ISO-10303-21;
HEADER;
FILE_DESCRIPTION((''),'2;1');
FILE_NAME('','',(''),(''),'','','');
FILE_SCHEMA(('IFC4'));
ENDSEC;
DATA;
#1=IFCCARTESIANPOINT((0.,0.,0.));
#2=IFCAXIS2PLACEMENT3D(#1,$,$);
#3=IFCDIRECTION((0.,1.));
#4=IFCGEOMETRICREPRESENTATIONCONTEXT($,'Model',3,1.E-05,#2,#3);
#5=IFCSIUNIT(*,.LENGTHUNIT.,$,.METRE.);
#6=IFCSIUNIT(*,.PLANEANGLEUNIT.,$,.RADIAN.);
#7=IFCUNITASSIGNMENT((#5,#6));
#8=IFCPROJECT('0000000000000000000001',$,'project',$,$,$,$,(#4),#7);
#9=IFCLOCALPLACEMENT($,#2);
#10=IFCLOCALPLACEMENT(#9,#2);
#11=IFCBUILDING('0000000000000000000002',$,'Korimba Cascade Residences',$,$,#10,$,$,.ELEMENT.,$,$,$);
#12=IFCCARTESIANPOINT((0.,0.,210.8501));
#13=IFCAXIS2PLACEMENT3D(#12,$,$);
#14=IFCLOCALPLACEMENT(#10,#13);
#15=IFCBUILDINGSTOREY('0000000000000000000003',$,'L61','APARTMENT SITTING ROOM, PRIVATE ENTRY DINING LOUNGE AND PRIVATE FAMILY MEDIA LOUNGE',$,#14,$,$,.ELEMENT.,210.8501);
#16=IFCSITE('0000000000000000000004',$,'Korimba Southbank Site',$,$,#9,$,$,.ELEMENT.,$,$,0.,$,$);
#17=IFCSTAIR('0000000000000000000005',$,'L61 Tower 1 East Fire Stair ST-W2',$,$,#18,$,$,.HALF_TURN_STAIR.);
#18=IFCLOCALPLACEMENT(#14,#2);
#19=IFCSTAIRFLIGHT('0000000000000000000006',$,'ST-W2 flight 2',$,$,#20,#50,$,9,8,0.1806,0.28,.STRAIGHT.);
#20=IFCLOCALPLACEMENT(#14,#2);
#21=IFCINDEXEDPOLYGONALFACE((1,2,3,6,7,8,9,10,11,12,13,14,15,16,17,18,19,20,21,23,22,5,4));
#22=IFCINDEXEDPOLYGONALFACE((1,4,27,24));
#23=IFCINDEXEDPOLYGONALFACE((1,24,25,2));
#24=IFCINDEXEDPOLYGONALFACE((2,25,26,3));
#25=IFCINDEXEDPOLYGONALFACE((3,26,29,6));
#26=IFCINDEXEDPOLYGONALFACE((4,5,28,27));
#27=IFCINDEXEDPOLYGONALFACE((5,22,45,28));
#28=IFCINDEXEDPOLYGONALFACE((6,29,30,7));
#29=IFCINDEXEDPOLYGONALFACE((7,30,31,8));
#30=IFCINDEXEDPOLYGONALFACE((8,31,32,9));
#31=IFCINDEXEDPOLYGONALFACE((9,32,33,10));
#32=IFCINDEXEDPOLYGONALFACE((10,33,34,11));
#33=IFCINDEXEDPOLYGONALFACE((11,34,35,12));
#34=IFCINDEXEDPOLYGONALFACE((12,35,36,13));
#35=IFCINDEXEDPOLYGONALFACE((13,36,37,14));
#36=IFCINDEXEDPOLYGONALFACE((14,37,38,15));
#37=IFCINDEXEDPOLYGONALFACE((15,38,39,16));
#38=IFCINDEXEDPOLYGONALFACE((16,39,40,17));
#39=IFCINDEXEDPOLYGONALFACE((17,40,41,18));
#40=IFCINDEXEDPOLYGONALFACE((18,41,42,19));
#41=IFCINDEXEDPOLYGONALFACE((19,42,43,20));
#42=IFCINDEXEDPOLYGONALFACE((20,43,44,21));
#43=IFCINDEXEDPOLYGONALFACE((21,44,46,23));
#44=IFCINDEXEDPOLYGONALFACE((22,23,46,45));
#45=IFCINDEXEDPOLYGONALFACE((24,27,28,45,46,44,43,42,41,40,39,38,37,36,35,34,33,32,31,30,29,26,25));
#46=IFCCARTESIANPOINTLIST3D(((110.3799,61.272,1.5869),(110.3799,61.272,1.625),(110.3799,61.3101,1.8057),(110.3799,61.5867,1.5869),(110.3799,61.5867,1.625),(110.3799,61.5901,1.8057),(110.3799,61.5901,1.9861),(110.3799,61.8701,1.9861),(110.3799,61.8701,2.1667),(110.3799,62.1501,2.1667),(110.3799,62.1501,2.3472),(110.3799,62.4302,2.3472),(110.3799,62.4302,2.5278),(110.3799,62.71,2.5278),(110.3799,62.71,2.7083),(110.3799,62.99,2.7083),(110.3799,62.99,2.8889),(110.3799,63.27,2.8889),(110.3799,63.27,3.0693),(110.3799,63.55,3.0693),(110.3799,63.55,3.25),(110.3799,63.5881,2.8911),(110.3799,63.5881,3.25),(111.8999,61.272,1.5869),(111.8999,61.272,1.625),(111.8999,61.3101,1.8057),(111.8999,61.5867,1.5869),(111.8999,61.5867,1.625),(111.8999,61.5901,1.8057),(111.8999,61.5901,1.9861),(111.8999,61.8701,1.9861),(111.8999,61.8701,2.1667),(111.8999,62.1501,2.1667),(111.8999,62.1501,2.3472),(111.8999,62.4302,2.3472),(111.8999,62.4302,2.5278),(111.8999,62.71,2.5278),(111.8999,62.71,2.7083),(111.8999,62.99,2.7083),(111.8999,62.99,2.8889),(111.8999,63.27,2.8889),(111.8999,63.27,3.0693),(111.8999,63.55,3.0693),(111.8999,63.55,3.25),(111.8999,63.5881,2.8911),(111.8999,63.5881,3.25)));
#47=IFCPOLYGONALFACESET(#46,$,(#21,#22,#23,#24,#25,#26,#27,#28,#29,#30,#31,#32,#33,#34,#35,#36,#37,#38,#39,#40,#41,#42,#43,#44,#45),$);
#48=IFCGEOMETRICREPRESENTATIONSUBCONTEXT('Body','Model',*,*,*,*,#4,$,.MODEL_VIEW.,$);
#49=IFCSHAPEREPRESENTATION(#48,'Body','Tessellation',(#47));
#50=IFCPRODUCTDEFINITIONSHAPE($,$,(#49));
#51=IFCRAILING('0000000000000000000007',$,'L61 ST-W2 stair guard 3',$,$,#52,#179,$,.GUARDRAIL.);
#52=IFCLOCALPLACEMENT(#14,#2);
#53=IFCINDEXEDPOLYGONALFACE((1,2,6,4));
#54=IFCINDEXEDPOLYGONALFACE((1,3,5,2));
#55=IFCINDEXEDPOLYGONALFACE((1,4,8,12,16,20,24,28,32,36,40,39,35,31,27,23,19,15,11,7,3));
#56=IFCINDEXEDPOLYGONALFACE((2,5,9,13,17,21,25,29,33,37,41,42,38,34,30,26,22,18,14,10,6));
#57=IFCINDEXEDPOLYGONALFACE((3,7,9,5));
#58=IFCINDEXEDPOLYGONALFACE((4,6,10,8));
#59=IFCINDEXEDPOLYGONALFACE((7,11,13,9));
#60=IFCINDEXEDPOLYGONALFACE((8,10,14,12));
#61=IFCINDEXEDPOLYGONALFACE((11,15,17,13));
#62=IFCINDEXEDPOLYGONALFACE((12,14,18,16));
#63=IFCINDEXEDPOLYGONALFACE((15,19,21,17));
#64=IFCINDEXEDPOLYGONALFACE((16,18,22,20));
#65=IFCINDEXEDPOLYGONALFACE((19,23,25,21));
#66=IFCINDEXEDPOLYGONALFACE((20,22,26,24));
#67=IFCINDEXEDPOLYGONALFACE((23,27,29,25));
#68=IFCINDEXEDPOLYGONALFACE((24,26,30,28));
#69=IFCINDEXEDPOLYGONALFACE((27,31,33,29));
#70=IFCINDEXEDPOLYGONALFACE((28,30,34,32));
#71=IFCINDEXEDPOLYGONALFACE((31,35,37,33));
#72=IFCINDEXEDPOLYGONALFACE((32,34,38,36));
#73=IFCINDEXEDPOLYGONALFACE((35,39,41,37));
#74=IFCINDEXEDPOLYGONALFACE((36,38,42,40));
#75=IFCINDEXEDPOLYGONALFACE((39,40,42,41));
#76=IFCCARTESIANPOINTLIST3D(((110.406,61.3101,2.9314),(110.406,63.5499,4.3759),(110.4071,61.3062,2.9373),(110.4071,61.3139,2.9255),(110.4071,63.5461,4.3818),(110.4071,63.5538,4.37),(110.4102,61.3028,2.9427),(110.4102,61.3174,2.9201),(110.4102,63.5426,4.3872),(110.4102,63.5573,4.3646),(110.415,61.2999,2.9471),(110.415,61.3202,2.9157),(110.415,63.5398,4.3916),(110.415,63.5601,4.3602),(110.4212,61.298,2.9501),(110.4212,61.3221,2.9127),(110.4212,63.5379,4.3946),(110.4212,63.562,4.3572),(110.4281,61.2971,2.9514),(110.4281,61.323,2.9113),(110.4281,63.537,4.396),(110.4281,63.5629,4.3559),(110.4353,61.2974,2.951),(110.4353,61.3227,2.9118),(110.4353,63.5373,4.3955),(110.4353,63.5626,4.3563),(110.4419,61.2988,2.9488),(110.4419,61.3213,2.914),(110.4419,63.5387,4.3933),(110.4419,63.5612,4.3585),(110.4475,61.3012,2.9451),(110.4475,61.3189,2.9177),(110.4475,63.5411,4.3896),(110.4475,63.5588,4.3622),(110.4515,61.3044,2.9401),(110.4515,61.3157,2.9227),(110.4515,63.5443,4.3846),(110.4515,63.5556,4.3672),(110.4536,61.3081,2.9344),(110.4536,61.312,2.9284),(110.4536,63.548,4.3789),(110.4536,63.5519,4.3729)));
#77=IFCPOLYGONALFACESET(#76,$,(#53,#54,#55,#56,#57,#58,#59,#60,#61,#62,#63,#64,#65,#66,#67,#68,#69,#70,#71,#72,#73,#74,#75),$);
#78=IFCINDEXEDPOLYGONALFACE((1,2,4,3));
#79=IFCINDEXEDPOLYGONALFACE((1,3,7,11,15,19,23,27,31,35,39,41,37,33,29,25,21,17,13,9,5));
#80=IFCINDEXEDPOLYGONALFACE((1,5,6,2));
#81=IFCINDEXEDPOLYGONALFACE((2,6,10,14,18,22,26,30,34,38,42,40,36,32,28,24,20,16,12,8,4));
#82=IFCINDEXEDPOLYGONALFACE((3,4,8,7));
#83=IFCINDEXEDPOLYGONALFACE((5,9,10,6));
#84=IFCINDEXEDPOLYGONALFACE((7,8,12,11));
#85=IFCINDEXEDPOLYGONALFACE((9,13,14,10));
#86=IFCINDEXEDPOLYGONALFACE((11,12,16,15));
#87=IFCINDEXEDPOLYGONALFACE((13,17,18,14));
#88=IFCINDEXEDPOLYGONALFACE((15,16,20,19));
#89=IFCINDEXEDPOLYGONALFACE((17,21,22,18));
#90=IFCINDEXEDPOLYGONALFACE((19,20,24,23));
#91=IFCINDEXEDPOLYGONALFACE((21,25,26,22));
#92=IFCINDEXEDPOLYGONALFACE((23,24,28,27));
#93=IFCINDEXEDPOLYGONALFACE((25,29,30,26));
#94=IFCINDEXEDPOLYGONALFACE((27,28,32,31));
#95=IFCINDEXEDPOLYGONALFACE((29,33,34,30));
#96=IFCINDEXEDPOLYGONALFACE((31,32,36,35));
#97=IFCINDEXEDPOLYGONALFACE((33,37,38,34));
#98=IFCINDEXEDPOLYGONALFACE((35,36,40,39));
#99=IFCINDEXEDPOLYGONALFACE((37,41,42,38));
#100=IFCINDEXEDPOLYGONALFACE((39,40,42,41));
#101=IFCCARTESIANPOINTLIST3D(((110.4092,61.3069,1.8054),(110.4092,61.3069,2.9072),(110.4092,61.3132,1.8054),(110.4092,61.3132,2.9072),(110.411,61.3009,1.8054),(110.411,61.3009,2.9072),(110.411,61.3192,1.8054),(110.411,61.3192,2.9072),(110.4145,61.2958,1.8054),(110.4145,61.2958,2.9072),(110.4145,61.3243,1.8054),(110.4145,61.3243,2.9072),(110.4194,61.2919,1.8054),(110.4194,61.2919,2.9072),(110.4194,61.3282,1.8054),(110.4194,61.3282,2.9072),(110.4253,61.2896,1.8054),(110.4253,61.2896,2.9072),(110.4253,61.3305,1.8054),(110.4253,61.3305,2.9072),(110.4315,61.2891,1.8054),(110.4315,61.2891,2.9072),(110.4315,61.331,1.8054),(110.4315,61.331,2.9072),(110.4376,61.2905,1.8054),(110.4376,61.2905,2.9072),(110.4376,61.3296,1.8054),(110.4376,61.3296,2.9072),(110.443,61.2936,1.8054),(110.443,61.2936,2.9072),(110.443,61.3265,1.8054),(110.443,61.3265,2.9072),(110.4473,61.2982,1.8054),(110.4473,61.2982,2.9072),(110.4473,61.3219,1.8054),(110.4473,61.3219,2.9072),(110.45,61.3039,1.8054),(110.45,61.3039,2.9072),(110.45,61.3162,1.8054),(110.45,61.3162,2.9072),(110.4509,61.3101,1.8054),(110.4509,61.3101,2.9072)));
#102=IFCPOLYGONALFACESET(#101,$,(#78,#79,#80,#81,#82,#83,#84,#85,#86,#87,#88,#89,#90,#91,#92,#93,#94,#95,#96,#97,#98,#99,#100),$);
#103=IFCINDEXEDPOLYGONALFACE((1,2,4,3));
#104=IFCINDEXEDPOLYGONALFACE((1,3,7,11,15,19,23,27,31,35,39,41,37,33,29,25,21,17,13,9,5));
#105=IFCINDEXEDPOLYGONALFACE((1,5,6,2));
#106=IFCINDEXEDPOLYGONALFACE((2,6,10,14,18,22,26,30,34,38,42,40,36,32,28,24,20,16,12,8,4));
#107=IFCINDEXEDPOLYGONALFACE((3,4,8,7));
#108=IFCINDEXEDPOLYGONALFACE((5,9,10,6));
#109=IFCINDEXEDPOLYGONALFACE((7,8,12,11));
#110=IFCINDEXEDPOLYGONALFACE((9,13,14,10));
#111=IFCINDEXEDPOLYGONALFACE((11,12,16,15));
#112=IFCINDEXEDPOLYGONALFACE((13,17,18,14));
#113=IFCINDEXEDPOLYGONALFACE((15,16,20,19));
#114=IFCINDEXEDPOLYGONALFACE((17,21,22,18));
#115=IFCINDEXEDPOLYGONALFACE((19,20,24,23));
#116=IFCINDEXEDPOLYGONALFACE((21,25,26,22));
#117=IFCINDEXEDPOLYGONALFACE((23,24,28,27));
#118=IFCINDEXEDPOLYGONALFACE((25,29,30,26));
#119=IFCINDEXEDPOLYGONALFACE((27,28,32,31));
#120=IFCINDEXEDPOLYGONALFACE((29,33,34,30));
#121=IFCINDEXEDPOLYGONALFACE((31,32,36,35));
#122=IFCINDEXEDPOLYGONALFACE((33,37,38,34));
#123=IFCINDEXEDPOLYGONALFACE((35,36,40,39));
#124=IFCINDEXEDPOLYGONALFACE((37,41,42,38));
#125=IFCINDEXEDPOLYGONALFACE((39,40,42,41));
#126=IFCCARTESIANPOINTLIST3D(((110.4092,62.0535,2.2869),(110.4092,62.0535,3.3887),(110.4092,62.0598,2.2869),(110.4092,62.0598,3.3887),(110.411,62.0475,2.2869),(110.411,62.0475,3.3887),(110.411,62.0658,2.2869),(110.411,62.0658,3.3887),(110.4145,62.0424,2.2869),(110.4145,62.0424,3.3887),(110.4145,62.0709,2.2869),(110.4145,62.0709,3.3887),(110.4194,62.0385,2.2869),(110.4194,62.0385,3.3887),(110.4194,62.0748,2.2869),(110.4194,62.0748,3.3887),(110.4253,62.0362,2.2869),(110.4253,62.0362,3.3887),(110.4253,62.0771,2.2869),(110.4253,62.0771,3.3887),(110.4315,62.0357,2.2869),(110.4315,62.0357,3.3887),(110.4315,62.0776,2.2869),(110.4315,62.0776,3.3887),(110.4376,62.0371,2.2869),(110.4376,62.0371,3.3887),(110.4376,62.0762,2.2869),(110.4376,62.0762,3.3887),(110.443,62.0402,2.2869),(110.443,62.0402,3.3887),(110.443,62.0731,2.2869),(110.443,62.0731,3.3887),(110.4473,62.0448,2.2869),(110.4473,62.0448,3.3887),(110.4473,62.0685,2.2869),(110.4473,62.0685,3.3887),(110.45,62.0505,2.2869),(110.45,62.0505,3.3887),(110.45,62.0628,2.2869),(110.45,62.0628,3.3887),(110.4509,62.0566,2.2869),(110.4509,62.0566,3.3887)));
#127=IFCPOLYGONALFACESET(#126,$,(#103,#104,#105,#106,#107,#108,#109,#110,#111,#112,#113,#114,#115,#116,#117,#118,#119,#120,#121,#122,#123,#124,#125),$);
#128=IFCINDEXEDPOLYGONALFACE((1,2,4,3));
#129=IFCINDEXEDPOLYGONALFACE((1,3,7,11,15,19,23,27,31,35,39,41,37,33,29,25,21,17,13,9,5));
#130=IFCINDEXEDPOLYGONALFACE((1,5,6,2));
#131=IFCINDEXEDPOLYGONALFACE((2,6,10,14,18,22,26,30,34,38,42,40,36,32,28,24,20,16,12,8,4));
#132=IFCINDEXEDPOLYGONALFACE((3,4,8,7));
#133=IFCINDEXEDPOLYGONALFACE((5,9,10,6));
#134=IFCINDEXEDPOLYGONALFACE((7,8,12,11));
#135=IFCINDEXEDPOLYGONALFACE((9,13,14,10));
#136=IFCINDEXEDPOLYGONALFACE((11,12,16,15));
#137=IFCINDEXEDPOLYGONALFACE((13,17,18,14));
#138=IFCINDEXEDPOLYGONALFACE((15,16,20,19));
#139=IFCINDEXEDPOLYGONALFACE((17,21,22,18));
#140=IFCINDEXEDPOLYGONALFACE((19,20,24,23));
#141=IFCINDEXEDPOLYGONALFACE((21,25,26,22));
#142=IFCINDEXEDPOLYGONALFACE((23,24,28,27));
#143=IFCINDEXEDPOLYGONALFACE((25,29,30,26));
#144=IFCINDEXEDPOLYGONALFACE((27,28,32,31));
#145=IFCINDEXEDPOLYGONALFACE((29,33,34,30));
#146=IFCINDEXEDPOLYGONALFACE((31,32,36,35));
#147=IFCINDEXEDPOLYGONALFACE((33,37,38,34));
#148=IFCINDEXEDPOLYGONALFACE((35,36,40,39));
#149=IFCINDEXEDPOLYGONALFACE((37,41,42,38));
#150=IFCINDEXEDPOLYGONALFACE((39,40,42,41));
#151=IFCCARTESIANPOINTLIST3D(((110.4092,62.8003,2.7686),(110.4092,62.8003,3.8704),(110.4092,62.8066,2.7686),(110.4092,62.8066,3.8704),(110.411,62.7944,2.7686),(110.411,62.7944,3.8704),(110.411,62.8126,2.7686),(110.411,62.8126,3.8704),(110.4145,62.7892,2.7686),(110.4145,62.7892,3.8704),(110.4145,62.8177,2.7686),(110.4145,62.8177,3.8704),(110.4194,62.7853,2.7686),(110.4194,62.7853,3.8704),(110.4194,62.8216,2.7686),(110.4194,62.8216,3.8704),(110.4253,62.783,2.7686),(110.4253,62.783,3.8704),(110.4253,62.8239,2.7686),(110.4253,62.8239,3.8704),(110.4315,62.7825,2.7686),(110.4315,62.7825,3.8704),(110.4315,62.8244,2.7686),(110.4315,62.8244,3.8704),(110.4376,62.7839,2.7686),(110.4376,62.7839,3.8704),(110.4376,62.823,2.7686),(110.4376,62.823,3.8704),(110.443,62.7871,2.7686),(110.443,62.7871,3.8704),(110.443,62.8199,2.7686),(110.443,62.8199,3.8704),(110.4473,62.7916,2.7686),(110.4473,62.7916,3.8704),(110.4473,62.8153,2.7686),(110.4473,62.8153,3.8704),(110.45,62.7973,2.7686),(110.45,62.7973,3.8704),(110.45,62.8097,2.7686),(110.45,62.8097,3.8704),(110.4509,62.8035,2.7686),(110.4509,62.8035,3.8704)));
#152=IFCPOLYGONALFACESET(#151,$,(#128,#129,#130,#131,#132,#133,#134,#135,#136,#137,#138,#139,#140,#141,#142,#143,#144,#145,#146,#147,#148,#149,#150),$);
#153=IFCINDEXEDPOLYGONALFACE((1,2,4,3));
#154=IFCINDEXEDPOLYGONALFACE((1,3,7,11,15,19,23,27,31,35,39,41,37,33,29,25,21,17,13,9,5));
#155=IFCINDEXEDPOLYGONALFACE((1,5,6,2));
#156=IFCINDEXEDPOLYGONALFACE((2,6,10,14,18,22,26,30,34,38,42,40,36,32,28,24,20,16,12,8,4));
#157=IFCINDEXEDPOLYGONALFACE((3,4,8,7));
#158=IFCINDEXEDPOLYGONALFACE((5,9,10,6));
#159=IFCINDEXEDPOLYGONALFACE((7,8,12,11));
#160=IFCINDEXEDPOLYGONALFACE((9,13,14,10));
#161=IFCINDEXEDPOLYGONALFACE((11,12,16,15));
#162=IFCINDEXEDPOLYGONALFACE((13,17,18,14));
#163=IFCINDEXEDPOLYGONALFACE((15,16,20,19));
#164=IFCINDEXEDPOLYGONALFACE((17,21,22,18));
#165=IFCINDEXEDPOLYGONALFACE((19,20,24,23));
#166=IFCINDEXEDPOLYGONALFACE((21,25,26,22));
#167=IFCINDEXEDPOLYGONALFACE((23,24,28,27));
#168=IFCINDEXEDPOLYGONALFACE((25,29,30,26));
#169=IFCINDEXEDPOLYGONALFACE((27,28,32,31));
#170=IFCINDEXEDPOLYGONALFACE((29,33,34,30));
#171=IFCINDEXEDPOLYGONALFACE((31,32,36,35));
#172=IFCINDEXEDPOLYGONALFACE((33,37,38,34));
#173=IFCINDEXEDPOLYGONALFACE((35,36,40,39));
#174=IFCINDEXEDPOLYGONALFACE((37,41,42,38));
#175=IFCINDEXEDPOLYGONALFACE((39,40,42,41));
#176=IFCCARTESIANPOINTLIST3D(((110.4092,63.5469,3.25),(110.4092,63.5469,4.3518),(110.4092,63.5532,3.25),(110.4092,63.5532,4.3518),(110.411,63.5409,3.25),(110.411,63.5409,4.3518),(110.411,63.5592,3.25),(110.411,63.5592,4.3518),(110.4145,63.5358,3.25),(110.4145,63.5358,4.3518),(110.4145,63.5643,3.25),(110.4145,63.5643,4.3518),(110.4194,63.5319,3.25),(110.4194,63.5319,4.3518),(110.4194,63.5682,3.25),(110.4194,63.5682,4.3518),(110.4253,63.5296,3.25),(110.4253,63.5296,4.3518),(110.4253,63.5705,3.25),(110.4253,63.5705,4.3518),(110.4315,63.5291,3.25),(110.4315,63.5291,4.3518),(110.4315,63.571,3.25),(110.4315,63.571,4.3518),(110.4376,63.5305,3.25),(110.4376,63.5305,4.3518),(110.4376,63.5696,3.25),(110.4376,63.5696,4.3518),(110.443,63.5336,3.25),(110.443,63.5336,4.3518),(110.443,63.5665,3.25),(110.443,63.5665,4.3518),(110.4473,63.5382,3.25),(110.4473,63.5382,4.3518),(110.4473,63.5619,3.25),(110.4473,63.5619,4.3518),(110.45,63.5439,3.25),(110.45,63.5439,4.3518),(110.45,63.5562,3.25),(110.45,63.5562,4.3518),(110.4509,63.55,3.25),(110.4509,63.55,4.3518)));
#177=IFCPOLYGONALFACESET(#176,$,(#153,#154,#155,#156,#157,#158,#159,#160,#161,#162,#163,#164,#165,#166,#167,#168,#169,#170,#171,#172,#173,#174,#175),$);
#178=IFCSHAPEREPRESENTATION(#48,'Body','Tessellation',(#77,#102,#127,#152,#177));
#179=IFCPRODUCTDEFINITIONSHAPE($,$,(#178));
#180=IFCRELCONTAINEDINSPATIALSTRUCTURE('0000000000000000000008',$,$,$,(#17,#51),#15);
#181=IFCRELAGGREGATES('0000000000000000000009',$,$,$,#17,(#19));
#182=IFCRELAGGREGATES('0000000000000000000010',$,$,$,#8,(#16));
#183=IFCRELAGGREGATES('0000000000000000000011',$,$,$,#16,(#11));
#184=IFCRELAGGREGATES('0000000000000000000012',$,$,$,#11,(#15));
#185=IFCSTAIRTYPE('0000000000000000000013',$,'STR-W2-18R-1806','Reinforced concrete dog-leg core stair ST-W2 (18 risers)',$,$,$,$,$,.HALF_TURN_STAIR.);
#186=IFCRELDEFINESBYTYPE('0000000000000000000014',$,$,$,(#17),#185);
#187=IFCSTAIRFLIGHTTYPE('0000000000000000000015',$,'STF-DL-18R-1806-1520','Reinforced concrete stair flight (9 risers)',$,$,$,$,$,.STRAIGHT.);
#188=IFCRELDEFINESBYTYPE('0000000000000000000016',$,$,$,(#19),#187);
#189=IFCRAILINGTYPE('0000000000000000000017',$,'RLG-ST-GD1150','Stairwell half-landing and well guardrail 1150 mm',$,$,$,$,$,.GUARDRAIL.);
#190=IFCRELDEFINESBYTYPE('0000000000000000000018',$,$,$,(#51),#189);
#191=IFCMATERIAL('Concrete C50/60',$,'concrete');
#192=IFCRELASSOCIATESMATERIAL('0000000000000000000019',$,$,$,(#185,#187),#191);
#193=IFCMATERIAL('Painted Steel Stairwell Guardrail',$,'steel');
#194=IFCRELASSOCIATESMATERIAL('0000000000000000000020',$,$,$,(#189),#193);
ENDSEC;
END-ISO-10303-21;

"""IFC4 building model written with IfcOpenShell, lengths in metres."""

from ifc_helpers import new_model, si_unit, direction, frame, origin, origin_2d, place, context, subcontext, project, spatial, polyline, circle, outline, extrude, material, type_object, element, aggregate, save


model = new_model("IFC4")

# Units and contexts
model_context = context("Model", 3, precision=1e-05, world=origin(), true_north=direction((0.0, 1.0)))
body_context = subcontext(model_context, "Body", "Model", "MODEL_VIEW")
ifc_project = project(units=[si_unit("LENGTHUNIT", "METRE"), si_unit("PLANEANGLEUNIT", "RADIAN")], contexts=[model_context])

# Site, building, storey
site_placement = place(None, origin())
site = spatial("IfcSite", under=ifc_project, at=site_placement, Name="Korimba Southbank Site", CompositionType="ELEMENT", RefElevation=0.0)
building_placement = place(site_placement, origin())
building = spatial("IfcBuilding", under=site, at=building_placement, Name="Korimba Cascade Residences", CompositionType="ELEMENT")
storey_placement = place(building_placement, frame((0.0, 0.0, 210.8501)))
storey = spatial("IfcBuildingStorey", under=building, at=storey_placement, Name="L61", Description="APARTMENT SITTING ROOM, PRIVATE ENTRY DINING LOUNGE AND PRIVATE FAMILY MEDIA LOUNGE", CompositionType="ELEMENT", Elevation=210.8501)

# Stair, stair flight
ifc_material_1 = material(Name="Concrete C50/60", Category="concrete")
stair_type = type_object("IfcStairType", Name="STR-W2-18R-1806", Description="Reinforced concrete dog-leg core stair ST-W2 (18 risers)", PredefinedType="HALF_TURN_STAIR", material=ifc_material_1)
stair_placement = place(storey_placement, origin())
stair = element("IfcStair", 1, at=stair_placement, inside=storey, type_object=stair_type, Name="L61 Tower 1 East Fire Stair ST-W2", PredefinedType="HALF_TURN_STAIR")
stair_flight_type = type_object("IfcStairFlightType", Name="STF-DL-18R-1806-1520", Description="Reinforced concrete stair flight (9 risers)", PredefinedType="STRAIGHT", material=ifc_material_1)
stair_flight_placement = place(storey_placement, frame((111.1399, 61.3101, 1.625), z_axis=(0.0, 0.0, 1.0), x_axis=(0.0, 1.0, 0.0)))
stair_flight = element("IfcStairFlight", 2, at=stair_flight_placement, type_object=stair_flight_type, Name="ST-W2 flight 2", NumberOfRisers=9, NumberOfTreads=8, PredefinedType="STRAIGHT", RiserHeight=0.1806, TreadLength=0.28, context=body_context, shape_type="SweptSolid", body=[
    extrude(outline(polyline([(-0.0381, 0.0), (0.0, 0.1807), (0.28, 0.1807), (0.28, 0.3611), (0.5601, 0.3611), (0.5601, 0.5417), (0.8401, 0.5417), (0.8401, 0.7222), (1.1201, 0.7222), (1.1201, 0.9028), (1.3999, 0.9028), (1.3999, 1.0833), (1.6799, 1.0833), (1.6799, 1.2639), (1.96, 1.2639), (1.96, 1.4443), (2.24, 1.4443), (2.24, 1.625), (2.2781, 1.625), (2.2781, 1.2661), (0.2766, 0.0), (0.2766, -0.0381), (-0.0381, -0.0381), (-0.0381, 0.0)])), frame((0.0, 0.76, 0.0), z_axis=(0.0, -1.0, 0.0), x_axis=(1.0, 0.0, 0.0)), (0.0, 0.0, 1.0), 1.52),
])
aggregate(stair, [stair_flight])

# Railing
ifc_material_2 = material(Name="Painted Steel Stairwell Guardrail", Category="steel")
railing_type_1 = type_object("IfcRailingType", Name="RLG-ST-GD1150", Description="Stairwell half-landing and well guardrail 1150 mm", PredefinedType="GUARDRAIL", material=ifc_material_2)
railing_1_placement = place(storey_placement, frame((110.4299, 61.3101, 1.8054)))
element("IfcRailing", 3, at=railing_1_placement, inside=storey, type_object=railing_type_1, Name="L61 ST-W2 stair guard 3", PredefinedType="GUARDRAIL", context=body_context, shape_type="SweptSolid", body=[
    extrude(circle(Radius=0.0239, at=origin_2d()), frame((0.0, 0.0, 1.126), z_axis=(0.0, 0.840395, 0.541975), x_axis=(-1.0, 0.0, 0.0)), (0.0, 0.0, 1.0), 2.6653),
    extrude(circle(Radius=0.021, at=origin_2d()), origin(), (0.0, 0.0, 1.0), 1.1018),
    extrude(circle(Radius=0.021, at=origin_2d()), frame((0.0, 0.7466, 0.4814)), (0.0, 0.0, 1.0), 1.1018),
    extrude(circle(Radius=0.021, at=origin_2d()), frame((0.0, 1.4934, 0.9631)), (0.0, 0.0, 1.0), 1.1018),
    extrude(circle(Radius=0.021, at=origin_2d()), frame((0.0, 2.24, 1.4446)), (0.0, 0.0, 1.0), 1.1018),
])

save(model, "model.ifc")
